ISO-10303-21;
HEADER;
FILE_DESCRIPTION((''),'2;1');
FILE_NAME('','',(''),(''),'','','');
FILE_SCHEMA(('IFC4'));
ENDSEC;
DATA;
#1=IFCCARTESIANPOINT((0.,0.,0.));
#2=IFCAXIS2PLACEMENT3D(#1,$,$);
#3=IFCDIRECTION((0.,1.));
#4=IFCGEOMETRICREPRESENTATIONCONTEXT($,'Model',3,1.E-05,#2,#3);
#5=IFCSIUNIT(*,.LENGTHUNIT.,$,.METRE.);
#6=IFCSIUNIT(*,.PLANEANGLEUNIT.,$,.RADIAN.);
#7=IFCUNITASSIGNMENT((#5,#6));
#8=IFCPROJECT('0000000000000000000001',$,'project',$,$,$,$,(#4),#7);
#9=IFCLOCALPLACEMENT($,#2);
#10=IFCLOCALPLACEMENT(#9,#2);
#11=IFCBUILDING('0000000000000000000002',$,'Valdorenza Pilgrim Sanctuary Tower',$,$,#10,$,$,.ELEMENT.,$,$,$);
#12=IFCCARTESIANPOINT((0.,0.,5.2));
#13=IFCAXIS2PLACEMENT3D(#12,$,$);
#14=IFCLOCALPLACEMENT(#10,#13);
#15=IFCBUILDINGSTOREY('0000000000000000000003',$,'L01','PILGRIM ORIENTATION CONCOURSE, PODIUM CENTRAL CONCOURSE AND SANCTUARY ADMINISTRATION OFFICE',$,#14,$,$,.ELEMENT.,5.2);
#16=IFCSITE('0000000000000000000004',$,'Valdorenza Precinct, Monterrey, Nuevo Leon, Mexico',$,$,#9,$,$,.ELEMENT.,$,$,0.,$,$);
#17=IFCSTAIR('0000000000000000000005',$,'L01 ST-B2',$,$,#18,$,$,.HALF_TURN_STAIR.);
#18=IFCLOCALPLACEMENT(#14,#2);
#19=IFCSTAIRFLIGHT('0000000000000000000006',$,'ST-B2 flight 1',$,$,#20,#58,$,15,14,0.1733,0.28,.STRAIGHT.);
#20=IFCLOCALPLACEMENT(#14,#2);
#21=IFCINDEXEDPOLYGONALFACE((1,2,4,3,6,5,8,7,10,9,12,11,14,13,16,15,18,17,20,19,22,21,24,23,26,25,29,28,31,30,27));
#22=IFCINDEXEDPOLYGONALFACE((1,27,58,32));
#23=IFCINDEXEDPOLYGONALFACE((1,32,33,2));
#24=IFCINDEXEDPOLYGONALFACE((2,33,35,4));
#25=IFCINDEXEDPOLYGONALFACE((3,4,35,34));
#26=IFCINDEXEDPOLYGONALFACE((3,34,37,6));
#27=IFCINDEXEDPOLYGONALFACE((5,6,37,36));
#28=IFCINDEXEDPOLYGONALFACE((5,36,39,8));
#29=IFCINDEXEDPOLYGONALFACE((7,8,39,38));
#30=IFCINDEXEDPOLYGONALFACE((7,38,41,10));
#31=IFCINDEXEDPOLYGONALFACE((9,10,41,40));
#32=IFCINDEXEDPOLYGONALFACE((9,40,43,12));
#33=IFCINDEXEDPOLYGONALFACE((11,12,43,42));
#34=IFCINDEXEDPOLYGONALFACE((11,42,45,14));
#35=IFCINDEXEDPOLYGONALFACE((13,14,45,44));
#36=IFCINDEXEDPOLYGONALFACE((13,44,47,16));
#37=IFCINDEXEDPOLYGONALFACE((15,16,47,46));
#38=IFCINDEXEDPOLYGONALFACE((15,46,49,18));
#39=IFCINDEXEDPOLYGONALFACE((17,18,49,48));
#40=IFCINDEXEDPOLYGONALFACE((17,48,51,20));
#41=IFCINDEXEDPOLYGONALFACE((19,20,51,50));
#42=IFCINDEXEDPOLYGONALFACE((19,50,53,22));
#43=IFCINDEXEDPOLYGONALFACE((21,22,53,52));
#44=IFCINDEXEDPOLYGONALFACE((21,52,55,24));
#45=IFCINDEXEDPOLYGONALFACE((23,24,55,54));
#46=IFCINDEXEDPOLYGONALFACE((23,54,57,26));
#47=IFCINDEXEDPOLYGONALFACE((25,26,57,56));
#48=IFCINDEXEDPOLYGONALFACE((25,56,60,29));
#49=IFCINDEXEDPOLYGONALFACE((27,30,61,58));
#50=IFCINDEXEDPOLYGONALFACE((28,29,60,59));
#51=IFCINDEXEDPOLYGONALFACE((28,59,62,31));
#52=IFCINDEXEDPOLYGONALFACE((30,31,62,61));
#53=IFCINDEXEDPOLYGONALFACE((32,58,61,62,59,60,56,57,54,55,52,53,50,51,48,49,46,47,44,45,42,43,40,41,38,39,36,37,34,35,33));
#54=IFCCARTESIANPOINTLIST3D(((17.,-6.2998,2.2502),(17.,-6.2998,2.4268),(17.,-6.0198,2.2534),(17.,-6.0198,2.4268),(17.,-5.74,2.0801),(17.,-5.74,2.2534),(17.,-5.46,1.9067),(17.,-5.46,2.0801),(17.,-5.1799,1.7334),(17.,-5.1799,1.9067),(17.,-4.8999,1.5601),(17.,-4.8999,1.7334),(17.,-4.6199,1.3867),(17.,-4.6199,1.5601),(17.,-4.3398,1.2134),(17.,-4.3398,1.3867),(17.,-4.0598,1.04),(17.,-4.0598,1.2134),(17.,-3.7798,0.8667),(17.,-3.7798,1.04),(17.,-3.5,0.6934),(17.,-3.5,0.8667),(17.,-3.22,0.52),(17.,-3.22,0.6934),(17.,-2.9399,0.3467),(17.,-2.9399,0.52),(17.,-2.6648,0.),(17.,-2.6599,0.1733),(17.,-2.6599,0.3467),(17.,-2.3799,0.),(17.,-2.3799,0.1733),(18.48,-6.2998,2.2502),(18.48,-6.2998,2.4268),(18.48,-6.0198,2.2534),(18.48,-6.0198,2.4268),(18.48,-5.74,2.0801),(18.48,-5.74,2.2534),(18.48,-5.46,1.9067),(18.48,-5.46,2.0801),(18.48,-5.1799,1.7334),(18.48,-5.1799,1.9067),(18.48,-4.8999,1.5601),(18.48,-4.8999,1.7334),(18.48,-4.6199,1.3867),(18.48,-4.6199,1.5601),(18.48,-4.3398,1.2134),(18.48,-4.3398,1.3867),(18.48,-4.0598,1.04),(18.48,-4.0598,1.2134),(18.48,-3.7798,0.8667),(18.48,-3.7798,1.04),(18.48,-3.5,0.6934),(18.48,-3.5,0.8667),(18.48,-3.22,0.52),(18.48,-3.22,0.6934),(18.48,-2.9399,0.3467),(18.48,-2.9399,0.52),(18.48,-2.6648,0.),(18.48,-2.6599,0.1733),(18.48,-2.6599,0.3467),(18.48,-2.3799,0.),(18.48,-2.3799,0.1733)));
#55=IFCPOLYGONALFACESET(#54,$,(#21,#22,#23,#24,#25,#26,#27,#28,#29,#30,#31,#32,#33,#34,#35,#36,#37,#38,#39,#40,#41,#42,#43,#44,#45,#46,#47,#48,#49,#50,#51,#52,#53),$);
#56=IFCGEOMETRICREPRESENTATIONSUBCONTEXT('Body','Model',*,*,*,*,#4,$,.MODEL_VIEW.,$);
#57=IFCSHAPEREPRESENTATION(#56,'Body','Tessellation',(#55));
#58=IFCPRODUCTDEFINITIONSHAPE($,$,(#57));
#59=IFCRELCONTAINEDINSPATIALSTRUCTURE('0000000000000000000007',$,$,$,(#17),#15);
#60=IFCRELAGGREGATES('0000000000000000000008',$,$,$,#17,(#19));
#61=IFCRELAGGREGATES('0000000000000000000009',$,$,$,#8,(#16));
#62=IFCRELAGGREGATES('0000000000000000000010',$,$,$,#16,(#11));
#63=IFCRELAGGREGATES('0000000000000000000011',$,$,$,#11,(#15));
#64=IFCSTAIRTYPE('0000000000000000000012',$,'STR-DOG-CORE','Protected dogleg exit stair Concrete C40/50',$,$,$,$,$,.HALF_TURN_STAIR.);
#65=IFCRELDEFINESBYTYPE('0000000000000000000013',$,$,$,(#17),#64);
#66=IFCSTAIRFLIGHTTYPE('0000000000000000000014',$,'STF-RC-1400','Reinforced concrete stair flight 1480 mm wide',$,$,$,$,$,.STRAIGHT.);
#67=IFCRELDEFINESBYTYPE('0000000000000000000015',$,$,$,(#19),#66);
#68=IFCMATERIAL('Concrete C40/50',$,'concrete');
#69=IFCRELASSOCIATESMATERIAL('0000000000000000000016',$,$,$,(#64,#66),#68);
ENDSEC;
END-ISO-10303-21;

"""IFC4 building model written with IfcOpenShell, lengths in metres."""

from ifc_helpers import new_model, si_unit, direction, frame, origin, place, context, subcontext, project, spatial, polyline, outline, extrude, material, type_object, element, aggregate, save


model = new_model("IFC4")

# Units and contexts
model_context = context("Model", 3, precision=1e-05, world=origin(), true_north=direction((0.0, 1.0)))
body_context = subcontext(model_context, "Body", "Model", "MODEL_VIEW")
ifc_project = project(units=[si_unit("LENGTHUNIT", "METRE"), si_unit("PLANEANGLEUNIT", "RADIAN")], contexts=[model_context])

# Site, building, storey
site_placement = place(None, origin())
site = spatial("IfcSite", under=ifc_project, at=site_placement, Name="Valdorenza Precinct, Monterrey, Nuevo Leon, Mexico", CompositionType="ELEMENT", RefElevation=0.0)
building_placement = place(site_placement, origin())
building = spatial("IfcBuilding", under=site, at=building_placement, Name="Valdorenza Pilgrim Sanctuary Tower", CompositionType="ELEMENT")
storey_placement = place(building_placement, frame((0.0, 0.0, 5.2)))
storey = spatial("IfcBuildingStorey", under=building, at=storey_placement, Name="L01", Description="PILGRIM ORIENTATION CONCOURSE, PODIUM CENTRAL CONCOURSE AND SANCTUARY ADMINISTRATION OFFICE", CompositionType="ELEMENT", Elevation=5.2)

# Shared definitions
ifc_material_1 = material(Name="Concrete C40/50", Category="concrete")

# Stair, stair flight
stair_type = type_object("IfcStairType", Name="STR-DOG-CORE", Description="Protected dogleg exit stair Concrete C40/50", PredefinedType="HALF_TURN_STAIR", material=ifc_material_1)
stair_placement = place(storey_placement, origin())
stair = element("IfcStair", 1, at=stair_placement, inside=storey, type_object=stair_type, Name="L01 ST-B2", PredefinedType="HALF_TURN_STAIR")
stair_flight_type = type_object("IfcStairFlightType", Name="STF-RC-1400", Description="Reinforced concrete stair flight 1480 mm wide", PredefinedType="STRAIGHT", material=ifc_material_1)
stair_flight_placement = place(storey_placement, frame((17.74, -2.3799, 0.0), z_axis=(0.0, 0.0, 1.0), x_axis=(0.0, -1.0, 0.0)))
stair_flight = element("IfcStairFlight", 2, at=stair_flight_placement, type_object=stair_flight_type, Name="ST-B2 flight 1", NumberOfRisers=15, NumberOfTreads=14, PredefinedType="STRAIGHT", RiserHeight=0.1733, TreadLength=0.28, context=body_context, shape_type="SweptSolid", body=[
    extrude(outline(polyline([(0.0, 0.0), (0.0, 0.1733), (0.28, 0.1733), (0.28, 0.3467), (0.5601, 0.3467), (0.5601, 0.52), (0.8401, 0.52), (0.8401, 0.6934), (1.1201, 0.6934), (1.1201, 0.8667), (1.3999, 0.8667), (1.3999, 1.04), (1.6799, 1.04), (1.6799, 1.2134), (1.96, 1.2134), (1.96, 1.3867), (2.24, 1.3867), (2.24, 1.5601), (2.52, 1.5601), (2.52, 1.7334), (2.8, 1.7334), (2.8, 1.9067), (3.0801, 1.9067), (3.0801, 2.0801), (3.3601, 2.0801), (3.3601, 2.2534), (3.6399, 2.2534), (3.6399, 2.4268), (3.9199, 2.4268), (3.9199, 2.6001), (3.9199, 2.2502), (0.2849, 0.0), (0.0, 0.0)])), frame((0.0, 0.74, 0.0), z_axis=(0.0, -1.0, 0.0), x_axis=(1.0, 0.0, 0.0)), (0.0, 0.0, 1.0), 1.48),
])
aggregate(stair, [stair_flight])

save(model, "model.ifc")
